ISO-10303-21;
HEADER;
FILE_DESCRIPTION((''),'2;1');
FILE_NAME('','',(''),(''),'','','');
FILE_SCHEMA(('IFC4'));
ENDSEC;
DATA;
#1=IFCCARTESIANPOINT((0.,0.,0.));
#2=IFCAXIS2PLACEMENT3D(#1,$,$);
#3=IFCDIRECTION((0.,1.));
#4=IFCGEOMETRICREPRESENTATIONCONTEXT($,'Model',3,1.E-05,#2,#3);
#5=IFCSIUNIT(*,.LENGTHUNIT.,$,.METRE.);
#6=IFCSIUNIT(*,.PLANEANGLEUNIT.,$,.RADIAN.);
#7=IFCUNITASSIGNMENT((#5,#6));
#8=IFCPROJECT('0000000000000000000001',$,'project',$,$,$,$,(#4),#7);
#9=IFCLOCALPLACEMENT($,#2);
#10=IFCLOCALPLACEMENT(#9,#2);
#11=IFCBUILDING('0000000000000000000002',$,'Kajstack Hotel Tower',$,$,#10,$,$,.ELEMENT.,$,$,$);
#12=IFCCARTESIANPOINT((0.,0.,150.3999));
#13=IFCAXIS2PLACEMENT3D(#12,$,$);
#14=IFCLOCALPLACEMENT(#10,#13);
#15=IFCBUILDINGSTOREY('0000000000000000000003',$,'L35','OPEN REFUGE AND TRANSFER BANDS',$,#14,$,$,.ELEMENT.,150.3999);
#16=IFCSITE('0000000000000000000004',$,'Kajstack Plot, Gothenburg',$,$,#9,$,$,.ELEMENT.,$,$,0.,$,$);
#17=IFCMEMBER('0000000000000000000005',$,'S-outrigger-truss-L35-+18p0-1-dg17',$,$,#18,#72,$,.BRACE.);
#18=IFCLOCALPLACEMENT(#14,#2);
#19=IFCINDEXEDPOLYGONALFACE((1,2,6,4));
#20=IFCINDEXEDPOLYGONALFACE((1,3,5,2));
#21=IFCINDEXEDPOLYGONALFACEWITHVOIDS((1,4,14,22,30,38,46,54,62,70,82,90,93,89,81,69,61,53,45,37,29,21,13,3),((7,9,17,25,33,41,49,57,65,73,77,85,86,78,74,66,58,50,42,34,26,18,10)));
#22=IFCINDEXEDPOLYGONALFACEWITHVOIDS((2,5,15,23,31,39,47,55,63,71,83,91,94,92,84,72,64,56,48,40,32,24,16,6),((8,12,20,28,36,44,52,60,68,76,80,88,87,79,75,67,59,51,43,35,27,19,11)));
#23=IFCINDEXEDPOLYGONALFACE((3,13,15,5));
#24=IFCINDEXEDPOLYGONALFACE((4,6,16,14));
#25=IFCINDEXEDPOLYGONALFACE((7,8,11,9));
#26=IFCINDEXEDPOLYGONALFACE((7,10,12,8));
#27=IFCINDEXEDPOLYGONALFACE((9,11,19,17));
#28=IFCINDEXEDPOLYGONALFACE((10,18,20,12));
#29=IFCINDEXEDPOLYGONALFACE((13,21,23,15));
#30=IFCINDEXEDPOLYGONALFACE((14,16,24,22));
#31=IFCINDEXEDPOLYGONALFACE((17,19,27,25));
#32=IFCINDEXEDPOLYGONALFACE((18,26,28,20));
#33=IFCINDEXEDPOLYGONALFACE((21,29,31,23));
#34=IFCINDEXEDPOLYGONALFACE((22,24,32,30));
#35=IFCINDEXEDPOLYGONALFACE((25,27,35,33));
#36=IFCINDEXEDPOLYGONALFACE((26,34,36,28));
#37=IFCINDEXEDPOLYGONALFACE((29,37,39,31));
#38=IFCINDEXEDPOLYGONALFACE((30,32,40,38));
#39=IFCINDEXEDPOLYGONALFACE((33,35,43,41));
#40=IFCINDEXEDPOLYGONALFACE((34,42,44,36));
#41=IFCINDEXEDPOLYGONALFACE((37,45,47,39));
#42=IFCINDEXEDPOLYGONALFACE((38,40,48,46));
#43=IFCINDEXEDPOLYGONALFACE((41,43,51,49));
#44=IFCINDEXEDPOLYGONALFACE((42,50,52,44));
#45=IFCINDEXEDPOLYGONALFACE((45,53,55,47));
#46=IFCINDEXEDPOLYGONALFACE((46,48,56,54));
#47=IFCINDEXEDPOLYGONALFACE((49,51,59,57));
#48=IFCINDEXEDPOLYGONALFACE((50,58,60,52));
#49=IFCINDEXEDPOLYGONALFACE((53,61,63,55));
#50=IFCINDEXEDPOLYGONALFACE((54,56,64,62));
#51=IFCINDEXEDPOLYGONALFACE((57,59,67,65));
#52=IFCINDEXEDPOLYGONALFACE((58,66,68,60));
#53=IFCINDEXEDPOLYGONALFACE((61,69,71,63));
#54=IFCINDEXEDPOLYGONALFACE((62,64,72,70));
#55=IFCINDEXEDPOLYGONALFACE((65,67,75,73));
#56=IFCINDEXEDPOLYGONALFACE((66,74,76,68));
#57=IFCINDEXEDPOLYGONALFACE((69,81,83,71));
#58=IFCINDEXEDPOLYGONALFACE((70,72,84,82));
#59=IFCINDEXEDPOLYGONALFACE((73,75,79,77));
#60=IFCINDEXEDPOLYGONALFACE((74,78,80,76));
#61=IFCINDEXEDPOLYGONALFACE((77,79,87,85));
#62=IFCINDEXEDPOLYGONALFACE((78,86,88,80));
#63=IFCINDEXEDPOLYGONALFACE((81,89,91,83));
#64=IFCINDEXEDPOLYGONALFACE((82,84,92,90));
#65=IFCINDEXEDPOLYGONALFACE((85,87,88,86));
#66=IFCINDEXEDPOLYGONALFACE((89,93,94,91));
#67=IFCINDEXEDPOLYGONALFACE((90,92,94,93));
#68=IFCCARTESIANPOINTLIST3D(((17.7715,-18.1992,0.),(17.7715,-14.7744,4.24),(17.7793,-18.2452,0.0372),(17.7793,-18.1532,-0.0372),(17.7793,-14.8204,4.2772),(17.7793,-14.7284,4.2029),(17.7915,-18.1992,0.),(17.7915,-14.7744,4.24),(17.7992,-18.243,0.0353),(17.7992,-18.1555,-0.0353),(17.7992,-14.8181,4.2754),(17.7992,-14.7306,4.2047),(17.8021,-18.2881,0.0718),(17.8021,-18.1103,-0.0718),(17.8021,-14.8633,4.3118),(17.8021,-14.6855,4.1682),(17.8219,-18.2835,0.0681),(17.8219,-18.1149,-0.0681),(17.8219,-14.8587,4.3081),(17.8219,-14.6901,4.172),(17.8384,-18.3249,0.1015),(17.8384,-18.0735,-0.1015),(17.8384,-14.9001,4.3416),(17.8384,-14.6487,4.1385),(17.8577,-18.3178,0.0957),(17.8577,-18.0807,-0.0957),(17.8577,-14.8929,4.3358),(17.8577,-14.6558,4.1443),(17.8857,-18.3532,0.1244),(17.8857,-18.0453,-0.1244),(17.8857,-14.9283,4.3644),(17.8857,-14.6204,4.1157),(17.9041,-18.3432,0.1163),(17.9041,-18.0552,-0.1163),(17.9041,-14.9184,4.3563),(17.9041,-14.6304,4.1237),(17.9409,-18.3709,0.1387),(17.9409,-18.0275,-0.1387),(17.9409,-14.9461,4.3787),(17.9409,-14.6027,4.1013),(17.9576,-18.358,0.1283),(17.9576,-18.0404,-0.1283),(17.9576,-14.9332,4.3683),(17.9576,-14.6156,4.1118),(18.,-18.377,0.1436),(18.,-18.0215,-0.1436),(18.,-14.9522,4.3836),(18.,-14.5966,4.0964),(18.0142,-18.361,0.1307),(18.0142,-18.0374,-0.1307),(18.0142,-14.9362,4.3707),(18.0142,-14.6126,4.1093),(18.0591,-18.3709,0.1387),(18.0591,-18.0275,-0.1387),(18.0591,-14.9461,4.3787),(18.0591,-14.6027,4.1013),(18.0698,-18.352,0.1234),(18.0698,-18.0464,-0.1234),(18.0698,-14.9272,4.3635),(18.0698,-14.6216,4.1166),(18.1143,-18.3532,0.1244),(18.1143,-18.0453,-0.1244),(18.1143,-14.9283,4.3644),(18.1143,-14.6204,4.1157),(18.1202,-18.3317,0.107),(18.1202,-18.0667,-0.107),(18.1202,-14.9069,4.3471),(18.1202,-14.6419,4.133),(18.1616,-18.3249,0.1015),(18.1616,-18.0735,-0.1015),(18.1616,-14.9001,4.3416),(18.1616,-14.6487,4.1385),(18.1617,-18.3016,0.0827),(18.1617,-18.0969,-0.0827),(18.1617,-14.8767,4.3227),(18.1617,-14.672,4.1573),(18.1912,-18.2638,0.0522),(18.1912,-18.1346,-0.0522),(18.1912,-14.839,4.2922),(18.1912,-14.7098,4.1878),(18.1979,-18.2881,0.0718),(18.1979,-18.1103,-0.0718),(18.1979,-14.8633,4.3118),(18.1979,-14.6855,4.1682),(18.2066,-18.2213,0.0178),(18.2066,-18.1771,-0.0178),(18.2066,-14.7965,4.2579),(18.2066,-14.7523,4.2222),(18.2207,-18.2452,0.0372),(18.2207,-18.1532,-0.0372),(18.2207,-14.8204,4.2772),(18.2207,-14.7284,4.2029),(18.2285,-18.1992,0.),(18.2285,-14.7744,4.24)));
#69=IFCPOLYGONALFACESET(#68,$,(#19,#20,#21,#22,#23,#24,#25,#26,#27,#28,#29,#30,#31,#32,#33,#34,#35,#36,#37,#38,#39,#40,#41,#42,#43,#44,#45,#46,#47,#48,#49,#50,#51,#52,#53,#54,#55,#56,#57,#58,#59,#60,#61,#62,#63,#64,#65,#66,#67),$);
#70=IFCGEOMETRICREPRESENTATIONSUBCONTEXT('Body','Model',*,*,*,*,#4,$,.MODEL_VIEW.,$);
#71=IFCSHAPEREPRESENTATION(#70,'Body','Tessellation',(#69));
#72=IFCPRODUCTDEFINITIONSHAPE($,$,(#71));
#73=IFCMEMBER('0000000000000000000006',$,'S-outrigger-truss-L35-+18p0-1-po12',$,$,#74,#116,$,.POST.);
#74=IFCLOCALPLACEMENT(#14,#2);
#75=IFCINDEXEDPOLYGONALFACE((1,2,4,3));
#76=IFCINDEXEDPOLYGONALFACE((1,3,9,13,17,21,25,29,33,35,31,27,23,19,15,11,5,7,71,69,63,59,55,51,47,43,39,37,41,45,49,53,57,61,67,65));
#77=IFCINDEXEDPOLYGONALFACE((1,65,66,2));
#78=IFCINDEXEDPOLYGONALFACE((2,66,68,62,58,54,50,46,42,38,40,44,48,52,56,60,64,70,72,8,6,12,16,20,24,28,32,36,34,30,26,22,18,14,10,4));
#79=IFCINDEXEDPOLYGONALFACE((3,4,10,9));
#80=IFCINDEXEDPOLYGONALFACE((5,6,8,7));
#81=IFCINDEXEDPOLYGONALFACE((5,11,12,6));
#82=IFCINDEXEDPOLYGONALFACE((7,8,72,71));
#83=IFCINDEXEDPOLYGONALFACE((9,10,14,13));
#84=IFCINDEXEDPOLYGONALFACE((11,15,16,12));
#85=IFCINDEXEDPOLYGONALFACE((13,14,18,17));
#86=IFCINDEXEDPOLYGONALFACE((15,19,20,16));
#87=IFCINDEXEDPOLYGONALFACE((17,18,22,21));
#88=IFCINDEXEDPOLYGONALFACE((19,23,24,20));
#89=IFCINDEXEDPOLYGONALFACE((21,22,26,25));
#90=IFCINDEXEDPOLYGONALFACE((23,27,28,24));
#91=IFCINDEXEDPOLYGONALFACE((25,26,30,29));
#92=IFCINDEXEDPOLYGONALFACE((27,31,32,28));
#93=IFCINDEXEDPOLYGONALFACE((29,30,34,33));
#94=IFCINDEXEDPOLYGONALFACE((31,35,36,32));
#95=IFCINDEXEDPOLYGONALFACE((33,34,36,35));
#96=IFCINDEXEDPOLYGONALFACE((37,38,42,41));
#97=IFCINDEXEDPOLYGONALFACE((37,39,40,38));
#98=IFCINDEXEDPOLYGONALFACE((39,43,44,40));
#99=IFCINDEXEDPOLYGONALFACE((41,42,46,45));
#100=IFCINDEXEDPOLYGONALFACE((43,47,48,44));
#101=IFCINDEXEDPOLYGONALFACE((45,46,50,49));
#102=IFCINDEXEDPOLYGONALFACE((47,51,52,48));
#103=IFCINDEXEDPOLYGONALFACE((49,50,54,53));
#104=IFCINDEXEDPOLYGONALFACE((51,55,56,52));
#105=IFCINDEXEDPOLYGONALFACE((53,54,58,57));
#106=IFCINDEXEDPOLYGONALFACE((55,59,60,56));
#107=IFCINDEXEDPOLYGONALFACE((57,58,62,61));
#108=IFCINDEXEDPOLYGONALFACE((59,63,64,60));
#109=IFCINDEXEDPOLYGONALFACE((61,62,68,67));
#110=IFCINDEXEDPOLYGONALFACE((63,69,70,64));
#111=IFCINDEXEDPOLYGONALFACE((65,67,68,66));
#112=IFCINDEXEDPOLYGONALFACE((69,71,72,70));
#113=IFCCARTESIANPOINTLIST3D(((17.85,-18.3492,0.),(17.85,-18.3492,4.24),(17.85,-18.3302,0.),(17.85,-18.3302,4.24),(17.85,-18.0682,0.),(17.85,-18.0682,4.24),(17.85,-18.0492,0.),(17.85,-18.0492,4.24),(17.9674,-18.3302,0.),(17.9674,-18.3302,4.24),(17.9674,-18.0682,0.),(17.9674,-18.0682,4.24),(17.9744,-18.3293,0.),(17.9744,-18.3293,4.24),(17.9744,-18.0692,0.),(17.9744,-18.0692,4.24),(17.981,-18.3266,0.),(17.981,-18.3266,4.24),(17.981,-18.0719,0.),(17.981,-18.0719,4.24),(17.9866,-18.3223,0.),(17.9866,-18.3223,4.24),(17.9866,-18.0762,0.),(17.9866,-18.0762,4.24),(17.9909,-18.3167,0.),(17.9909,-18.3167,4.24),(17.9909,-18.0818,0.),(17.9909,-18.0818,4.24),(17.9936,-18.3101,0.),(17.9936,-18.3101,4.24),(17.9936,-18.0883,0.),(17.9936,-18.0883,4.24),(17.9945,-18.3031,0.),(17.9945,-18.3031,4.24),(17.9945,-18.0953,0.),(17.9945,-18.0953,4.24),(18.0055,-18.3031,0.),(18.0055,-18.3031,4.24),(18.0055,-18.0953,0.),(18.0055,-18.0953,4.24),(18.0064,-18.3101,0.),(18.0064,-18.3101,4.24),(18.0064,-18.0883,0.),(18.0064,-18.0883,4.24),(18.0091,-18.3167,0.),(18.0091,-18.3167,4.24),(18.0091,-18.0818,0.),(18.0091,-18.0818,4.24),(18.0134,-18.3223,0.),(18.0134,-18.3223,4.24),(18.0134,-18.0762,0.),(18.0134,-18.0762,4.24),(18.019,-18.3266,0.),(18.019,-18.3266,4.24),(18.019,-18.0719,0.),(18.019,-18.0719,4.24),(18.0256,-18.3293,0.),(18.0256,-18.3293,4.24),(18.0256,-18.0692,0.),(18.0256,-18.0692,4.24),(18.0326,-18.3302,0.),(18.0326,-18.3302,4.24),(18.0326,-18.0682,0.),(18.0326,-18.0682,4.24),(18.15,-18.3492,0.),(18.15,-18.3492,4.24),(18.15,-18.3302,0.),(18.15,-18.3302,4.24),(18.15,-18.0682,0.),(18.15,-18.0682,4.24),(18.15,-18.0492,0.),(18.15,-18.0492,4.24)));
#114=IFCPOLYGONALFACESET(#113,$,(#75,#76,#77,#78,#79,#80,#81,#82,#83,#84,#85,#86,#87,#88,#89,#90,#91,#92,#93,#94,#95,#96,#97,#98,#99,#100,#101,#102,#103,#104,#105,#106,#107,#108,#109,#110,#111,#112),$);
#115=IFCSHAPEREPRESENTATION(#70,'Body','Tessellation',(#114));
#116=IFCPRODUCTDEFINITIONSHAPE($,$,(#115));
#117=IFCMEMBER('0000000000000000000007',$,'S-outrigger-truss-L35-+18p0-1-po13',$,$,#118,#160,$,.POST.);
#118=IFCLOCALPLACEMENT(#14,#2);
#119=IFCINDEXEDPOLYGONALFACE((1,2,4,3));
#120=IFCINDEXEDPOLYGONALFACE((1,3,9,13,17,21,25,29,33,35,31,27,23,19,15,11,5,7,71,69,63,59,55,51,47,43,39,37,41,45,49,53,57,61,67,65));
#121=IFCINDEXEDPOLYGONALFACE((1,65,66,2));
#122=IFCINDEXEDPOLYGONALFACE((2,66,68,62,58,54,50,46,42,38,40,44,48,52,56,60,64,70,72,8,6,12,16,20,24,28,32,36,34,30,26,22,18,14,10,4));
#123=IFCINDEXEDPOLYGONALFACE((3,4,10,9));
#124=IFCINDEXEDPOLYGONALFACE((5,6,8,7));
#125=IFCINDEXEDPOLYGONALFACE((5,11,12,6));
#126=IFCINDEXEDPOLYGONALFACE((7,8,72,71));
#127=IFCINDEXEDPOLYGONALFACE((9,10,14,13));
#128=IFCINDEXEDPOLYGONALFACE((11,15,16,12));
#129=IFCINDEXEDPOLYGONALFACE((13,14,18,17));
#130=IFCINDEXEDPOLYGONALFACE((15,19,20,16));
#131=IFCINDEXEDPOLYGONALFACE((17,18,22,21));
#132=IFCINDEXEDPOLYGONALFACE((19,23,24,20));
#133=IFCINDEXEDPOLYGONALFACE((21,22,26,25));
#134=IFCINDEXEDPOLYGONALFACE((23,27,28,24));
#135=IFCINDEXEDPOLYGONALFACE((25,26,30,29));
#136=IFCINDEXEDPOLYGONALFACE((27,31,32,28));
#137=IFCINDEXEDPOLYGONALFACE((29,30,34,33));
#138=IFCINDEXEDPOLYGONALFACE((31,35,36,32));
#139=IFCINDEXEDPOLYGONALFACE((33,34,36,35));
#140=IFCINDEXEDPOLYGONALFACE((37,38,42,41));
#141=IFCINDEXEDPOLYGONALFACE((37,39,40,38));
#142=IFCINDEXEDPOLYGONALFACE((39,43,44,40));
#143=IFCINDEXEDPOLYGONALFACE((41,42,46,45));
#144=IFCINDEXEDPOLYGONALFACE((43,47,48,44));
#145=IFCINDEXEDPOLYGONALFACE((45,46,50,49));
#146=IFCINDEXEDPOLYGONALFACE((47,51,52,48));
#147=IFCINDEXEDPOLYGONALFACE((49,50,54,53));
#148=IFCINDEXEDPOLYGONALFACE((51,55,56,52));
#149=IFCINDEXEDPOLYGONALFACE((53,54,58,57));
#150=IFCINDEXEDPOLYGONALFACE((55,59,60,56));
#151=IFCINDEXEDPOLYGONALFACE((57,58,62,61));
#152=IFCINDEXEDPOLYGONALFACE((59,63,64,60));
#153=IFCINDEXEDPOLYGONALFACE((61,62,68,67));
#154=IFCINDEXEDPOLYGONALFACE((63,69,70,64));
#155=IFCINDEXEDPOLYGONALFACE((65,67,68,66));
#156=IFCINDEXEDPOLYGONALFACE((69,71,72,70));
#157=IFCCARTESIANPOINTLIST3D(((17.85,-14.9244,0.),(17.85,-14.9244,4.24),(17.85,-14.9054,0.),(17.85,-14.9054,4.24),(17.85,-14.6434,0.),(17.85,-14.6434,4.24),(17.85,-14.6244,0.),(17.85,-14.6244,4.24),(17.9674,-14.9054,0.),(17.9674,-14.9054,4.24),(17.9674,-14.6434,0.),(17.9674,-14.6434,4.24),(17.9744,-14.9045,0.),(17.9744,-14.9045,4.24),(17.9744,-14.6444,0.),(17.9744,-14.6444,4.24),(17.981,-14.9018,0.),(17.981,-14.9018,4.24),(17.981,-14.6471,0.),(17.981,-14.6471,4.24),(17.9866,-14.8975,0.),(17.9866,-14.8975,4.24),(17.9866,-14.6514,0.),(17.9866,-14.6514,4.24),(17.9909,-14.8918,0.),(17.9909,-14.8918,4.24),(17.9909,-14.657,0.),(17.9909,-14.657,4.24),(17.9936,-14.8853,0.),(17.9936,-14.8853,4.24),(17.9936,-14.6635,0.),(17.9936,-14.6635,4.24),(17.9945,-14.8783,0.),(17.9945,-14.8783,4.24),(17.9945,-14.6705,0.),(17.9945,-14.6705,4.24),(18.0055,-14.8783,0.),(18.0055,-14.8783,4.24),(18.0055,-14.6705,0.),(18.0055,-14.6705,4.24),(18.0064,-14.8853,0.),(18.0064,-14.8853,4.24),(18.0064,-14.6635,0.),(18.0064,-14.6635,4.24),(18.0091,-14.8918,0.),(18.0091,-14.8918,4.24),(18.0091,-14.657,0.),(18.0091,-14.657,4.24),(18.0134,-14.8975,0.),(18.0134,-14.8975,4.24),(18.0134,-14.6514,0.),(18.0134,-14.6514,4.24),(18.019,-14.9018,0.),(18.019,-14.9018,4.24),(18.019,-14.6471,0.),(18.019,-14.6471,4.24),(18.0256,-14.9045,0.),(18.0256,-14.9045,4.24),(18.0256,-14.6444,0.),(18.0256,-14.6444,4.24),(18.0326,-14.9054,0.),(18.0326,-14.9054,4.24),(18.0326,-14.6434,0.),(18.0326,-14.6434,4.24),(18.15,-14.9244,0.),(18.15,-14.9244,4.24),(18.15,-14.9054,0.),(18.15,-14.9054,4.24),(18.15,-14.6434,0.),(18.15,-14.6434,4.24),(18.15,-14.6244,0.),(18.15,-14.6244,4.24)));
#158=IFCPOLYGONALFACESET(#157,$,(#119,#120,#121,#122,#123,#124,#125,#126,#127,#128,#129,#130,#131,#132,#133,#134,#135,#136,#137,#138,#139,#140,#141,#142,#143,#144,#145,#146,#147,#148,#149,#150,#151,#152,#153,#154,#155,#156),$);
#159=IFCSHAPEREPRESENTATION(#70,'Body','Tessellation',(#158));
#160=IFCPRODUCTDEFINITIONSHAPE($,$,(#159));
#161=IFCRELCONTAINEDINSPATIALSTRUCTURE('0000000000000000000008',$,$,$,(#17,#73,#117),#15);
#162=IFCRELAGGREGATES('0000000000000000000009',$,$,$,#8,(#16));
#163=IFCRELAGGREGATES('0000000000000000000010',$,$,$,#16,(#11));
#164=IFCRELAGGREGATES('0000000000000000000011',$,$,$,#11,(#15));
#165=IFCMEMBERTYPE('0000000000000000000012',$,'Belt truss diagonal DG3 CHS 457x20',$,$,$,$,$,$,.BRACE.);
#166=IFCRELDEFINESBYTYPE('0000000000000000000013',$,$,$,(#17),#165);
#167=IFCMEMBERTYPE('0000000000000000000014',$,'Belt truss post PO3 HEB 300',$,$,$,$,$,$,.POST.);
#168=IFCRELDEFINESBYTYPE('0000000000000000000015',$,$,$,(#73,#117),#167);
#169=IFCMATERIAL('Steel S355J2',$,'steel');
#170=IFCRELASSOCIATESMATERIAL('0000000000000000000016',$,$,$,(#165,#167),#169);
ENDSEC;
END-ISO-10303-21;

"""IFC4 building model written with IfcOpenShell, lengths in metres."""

from ifc_helpers import new_model, si_unit, direction, frame, origin, origin_2d, place, context, subcontext, project, spatial, hollow_circle, i_section, extrude, material, material_profile, profile_set, type_object, element, save


model = new_model("IFC4")

# Units and contexts
model_context = context("Model", 3, precision=1e-05, world=origin(), true_north=direction((0.0, 1.0)))
body_context = subcontext(model_context, "Body", "Model", "MODEL_VIEW")
ifc_project = project(units=[si_unit("LENGTHUNIT", "METRE"), si_unit("PLANEANGLEUNIT", "RADIAN")], contexts=[model_context])

# Site, building, storey
site_placement = place(None, origin())
site = spatial("IfcSite", under=ifc_project, at=site_placement, Name="Kajstack Plot, Gothenburg", CompositionType="ELEMENT", RefElevation=0.0)
building_placement = place(site_placement, origin())
building = spatial("IfcBuilding", under=site, at=building_placement, Name="Kajstack Hotel Tower", CompositionType="ELEMENT")
storey_placement = place(building_placement, frame((0.0, 0.0, 150.3999)))
storey = spatial("IfcBuildingStorey", under=building, at=storey_placement, Name="L35", Description="OPEN REFUGE AND TRANSFER BANDS", CompositionType="ELEMENT", Elevation=150.3999)

# Members
ifc_material_1 = material(Name="Steel S355J2", Category="steel")
ifc_material_profile_1 = material_profile(ifc_material_1, hollow_circle(Radius=0.2285, WallThickness=0.02, at=origin_2d()), Name="CHS 457x20")
ifc_profile_set_1 = profile_set([ifc_material_profile_1], Name="Steel S355J2")
member_type_1 = type_object("IfcMemberType", Name="Belt truss diagonal DG3 CHS 457x20", PredefinedType="BRACE", material=ifc_profile_set_1)
member_1_placement = place(storey_placement, frame((18.0, -18.1992, 0.0), z_axis=(0.0, 0.628359, 0.777923), x_axis=(-1.0, 0.0, 0.0)))
element("IfcMember", 1, at=member_1_placement, inside=storey, type_object=member_type_1, Name="S-outrigger-truss-L35-+18p0-1-dg17", PredefinedType="BRACE", context=body_context, shape_type="SweptSolid", body=[
    extrude(hollow_circle(Radius=0.2285, WallThickness=0.02, at=origin_2d()), origin(), (0.0, 0.0, 1.0), 5.4504),
])
ifc_material_profile_2 = material_profile(ifc_material_1, i_section(OverallWidth=0.3, OverallDepth=0.3, WebThickness=0.011, FlangeThickness=0.019, FilletRadius=0.0271, at=origin_2d()), Name="HEB 300")
ifc_profile_set_2 = profile_set([ifc_material_profile_2], Name="Steel S355J2")
member_type_2 = type_object("IfcMemberType", Name="Belt truss post PO3 HEB 300", PredefinedType="POST", material=ifc_profile_set_2)
for number, where, z_axis, x_axis, name in (
    (2, (18.0, -18.1992, 0.0), (0.0, 0.0, 1.0), (1.0, 0.0, 0.0), "S-outrigger-truss-L35-+18p0-1-po12"),
    (3, (18.0, -14.7744, 0.0), (0.0, 0.0, 1.0), (1.0, 0.0, 0.0), "S-outrigger-truss-L35-+18p0-1-po13"),
):
    element("IfcMember", number, at=place(storey_placement, frame(where, z_axis=z_axis, x_axis=x_axis)), inside=storey, type_object=member_type_2, Name=name, PredefinedType="POST", context=body_context, shape_type="SweptSolid", body=[
        extrude(i_section(OverallWidth=0.3, OverallDepth=0.3, WebThickness=0.011, FlangeThickness=0.019, FilletRadius=0.0271, at=origin_2d()), origin(), (0.0, 0.0, 1.0), 4.24),
    ])

save(model, "model.ifc")
